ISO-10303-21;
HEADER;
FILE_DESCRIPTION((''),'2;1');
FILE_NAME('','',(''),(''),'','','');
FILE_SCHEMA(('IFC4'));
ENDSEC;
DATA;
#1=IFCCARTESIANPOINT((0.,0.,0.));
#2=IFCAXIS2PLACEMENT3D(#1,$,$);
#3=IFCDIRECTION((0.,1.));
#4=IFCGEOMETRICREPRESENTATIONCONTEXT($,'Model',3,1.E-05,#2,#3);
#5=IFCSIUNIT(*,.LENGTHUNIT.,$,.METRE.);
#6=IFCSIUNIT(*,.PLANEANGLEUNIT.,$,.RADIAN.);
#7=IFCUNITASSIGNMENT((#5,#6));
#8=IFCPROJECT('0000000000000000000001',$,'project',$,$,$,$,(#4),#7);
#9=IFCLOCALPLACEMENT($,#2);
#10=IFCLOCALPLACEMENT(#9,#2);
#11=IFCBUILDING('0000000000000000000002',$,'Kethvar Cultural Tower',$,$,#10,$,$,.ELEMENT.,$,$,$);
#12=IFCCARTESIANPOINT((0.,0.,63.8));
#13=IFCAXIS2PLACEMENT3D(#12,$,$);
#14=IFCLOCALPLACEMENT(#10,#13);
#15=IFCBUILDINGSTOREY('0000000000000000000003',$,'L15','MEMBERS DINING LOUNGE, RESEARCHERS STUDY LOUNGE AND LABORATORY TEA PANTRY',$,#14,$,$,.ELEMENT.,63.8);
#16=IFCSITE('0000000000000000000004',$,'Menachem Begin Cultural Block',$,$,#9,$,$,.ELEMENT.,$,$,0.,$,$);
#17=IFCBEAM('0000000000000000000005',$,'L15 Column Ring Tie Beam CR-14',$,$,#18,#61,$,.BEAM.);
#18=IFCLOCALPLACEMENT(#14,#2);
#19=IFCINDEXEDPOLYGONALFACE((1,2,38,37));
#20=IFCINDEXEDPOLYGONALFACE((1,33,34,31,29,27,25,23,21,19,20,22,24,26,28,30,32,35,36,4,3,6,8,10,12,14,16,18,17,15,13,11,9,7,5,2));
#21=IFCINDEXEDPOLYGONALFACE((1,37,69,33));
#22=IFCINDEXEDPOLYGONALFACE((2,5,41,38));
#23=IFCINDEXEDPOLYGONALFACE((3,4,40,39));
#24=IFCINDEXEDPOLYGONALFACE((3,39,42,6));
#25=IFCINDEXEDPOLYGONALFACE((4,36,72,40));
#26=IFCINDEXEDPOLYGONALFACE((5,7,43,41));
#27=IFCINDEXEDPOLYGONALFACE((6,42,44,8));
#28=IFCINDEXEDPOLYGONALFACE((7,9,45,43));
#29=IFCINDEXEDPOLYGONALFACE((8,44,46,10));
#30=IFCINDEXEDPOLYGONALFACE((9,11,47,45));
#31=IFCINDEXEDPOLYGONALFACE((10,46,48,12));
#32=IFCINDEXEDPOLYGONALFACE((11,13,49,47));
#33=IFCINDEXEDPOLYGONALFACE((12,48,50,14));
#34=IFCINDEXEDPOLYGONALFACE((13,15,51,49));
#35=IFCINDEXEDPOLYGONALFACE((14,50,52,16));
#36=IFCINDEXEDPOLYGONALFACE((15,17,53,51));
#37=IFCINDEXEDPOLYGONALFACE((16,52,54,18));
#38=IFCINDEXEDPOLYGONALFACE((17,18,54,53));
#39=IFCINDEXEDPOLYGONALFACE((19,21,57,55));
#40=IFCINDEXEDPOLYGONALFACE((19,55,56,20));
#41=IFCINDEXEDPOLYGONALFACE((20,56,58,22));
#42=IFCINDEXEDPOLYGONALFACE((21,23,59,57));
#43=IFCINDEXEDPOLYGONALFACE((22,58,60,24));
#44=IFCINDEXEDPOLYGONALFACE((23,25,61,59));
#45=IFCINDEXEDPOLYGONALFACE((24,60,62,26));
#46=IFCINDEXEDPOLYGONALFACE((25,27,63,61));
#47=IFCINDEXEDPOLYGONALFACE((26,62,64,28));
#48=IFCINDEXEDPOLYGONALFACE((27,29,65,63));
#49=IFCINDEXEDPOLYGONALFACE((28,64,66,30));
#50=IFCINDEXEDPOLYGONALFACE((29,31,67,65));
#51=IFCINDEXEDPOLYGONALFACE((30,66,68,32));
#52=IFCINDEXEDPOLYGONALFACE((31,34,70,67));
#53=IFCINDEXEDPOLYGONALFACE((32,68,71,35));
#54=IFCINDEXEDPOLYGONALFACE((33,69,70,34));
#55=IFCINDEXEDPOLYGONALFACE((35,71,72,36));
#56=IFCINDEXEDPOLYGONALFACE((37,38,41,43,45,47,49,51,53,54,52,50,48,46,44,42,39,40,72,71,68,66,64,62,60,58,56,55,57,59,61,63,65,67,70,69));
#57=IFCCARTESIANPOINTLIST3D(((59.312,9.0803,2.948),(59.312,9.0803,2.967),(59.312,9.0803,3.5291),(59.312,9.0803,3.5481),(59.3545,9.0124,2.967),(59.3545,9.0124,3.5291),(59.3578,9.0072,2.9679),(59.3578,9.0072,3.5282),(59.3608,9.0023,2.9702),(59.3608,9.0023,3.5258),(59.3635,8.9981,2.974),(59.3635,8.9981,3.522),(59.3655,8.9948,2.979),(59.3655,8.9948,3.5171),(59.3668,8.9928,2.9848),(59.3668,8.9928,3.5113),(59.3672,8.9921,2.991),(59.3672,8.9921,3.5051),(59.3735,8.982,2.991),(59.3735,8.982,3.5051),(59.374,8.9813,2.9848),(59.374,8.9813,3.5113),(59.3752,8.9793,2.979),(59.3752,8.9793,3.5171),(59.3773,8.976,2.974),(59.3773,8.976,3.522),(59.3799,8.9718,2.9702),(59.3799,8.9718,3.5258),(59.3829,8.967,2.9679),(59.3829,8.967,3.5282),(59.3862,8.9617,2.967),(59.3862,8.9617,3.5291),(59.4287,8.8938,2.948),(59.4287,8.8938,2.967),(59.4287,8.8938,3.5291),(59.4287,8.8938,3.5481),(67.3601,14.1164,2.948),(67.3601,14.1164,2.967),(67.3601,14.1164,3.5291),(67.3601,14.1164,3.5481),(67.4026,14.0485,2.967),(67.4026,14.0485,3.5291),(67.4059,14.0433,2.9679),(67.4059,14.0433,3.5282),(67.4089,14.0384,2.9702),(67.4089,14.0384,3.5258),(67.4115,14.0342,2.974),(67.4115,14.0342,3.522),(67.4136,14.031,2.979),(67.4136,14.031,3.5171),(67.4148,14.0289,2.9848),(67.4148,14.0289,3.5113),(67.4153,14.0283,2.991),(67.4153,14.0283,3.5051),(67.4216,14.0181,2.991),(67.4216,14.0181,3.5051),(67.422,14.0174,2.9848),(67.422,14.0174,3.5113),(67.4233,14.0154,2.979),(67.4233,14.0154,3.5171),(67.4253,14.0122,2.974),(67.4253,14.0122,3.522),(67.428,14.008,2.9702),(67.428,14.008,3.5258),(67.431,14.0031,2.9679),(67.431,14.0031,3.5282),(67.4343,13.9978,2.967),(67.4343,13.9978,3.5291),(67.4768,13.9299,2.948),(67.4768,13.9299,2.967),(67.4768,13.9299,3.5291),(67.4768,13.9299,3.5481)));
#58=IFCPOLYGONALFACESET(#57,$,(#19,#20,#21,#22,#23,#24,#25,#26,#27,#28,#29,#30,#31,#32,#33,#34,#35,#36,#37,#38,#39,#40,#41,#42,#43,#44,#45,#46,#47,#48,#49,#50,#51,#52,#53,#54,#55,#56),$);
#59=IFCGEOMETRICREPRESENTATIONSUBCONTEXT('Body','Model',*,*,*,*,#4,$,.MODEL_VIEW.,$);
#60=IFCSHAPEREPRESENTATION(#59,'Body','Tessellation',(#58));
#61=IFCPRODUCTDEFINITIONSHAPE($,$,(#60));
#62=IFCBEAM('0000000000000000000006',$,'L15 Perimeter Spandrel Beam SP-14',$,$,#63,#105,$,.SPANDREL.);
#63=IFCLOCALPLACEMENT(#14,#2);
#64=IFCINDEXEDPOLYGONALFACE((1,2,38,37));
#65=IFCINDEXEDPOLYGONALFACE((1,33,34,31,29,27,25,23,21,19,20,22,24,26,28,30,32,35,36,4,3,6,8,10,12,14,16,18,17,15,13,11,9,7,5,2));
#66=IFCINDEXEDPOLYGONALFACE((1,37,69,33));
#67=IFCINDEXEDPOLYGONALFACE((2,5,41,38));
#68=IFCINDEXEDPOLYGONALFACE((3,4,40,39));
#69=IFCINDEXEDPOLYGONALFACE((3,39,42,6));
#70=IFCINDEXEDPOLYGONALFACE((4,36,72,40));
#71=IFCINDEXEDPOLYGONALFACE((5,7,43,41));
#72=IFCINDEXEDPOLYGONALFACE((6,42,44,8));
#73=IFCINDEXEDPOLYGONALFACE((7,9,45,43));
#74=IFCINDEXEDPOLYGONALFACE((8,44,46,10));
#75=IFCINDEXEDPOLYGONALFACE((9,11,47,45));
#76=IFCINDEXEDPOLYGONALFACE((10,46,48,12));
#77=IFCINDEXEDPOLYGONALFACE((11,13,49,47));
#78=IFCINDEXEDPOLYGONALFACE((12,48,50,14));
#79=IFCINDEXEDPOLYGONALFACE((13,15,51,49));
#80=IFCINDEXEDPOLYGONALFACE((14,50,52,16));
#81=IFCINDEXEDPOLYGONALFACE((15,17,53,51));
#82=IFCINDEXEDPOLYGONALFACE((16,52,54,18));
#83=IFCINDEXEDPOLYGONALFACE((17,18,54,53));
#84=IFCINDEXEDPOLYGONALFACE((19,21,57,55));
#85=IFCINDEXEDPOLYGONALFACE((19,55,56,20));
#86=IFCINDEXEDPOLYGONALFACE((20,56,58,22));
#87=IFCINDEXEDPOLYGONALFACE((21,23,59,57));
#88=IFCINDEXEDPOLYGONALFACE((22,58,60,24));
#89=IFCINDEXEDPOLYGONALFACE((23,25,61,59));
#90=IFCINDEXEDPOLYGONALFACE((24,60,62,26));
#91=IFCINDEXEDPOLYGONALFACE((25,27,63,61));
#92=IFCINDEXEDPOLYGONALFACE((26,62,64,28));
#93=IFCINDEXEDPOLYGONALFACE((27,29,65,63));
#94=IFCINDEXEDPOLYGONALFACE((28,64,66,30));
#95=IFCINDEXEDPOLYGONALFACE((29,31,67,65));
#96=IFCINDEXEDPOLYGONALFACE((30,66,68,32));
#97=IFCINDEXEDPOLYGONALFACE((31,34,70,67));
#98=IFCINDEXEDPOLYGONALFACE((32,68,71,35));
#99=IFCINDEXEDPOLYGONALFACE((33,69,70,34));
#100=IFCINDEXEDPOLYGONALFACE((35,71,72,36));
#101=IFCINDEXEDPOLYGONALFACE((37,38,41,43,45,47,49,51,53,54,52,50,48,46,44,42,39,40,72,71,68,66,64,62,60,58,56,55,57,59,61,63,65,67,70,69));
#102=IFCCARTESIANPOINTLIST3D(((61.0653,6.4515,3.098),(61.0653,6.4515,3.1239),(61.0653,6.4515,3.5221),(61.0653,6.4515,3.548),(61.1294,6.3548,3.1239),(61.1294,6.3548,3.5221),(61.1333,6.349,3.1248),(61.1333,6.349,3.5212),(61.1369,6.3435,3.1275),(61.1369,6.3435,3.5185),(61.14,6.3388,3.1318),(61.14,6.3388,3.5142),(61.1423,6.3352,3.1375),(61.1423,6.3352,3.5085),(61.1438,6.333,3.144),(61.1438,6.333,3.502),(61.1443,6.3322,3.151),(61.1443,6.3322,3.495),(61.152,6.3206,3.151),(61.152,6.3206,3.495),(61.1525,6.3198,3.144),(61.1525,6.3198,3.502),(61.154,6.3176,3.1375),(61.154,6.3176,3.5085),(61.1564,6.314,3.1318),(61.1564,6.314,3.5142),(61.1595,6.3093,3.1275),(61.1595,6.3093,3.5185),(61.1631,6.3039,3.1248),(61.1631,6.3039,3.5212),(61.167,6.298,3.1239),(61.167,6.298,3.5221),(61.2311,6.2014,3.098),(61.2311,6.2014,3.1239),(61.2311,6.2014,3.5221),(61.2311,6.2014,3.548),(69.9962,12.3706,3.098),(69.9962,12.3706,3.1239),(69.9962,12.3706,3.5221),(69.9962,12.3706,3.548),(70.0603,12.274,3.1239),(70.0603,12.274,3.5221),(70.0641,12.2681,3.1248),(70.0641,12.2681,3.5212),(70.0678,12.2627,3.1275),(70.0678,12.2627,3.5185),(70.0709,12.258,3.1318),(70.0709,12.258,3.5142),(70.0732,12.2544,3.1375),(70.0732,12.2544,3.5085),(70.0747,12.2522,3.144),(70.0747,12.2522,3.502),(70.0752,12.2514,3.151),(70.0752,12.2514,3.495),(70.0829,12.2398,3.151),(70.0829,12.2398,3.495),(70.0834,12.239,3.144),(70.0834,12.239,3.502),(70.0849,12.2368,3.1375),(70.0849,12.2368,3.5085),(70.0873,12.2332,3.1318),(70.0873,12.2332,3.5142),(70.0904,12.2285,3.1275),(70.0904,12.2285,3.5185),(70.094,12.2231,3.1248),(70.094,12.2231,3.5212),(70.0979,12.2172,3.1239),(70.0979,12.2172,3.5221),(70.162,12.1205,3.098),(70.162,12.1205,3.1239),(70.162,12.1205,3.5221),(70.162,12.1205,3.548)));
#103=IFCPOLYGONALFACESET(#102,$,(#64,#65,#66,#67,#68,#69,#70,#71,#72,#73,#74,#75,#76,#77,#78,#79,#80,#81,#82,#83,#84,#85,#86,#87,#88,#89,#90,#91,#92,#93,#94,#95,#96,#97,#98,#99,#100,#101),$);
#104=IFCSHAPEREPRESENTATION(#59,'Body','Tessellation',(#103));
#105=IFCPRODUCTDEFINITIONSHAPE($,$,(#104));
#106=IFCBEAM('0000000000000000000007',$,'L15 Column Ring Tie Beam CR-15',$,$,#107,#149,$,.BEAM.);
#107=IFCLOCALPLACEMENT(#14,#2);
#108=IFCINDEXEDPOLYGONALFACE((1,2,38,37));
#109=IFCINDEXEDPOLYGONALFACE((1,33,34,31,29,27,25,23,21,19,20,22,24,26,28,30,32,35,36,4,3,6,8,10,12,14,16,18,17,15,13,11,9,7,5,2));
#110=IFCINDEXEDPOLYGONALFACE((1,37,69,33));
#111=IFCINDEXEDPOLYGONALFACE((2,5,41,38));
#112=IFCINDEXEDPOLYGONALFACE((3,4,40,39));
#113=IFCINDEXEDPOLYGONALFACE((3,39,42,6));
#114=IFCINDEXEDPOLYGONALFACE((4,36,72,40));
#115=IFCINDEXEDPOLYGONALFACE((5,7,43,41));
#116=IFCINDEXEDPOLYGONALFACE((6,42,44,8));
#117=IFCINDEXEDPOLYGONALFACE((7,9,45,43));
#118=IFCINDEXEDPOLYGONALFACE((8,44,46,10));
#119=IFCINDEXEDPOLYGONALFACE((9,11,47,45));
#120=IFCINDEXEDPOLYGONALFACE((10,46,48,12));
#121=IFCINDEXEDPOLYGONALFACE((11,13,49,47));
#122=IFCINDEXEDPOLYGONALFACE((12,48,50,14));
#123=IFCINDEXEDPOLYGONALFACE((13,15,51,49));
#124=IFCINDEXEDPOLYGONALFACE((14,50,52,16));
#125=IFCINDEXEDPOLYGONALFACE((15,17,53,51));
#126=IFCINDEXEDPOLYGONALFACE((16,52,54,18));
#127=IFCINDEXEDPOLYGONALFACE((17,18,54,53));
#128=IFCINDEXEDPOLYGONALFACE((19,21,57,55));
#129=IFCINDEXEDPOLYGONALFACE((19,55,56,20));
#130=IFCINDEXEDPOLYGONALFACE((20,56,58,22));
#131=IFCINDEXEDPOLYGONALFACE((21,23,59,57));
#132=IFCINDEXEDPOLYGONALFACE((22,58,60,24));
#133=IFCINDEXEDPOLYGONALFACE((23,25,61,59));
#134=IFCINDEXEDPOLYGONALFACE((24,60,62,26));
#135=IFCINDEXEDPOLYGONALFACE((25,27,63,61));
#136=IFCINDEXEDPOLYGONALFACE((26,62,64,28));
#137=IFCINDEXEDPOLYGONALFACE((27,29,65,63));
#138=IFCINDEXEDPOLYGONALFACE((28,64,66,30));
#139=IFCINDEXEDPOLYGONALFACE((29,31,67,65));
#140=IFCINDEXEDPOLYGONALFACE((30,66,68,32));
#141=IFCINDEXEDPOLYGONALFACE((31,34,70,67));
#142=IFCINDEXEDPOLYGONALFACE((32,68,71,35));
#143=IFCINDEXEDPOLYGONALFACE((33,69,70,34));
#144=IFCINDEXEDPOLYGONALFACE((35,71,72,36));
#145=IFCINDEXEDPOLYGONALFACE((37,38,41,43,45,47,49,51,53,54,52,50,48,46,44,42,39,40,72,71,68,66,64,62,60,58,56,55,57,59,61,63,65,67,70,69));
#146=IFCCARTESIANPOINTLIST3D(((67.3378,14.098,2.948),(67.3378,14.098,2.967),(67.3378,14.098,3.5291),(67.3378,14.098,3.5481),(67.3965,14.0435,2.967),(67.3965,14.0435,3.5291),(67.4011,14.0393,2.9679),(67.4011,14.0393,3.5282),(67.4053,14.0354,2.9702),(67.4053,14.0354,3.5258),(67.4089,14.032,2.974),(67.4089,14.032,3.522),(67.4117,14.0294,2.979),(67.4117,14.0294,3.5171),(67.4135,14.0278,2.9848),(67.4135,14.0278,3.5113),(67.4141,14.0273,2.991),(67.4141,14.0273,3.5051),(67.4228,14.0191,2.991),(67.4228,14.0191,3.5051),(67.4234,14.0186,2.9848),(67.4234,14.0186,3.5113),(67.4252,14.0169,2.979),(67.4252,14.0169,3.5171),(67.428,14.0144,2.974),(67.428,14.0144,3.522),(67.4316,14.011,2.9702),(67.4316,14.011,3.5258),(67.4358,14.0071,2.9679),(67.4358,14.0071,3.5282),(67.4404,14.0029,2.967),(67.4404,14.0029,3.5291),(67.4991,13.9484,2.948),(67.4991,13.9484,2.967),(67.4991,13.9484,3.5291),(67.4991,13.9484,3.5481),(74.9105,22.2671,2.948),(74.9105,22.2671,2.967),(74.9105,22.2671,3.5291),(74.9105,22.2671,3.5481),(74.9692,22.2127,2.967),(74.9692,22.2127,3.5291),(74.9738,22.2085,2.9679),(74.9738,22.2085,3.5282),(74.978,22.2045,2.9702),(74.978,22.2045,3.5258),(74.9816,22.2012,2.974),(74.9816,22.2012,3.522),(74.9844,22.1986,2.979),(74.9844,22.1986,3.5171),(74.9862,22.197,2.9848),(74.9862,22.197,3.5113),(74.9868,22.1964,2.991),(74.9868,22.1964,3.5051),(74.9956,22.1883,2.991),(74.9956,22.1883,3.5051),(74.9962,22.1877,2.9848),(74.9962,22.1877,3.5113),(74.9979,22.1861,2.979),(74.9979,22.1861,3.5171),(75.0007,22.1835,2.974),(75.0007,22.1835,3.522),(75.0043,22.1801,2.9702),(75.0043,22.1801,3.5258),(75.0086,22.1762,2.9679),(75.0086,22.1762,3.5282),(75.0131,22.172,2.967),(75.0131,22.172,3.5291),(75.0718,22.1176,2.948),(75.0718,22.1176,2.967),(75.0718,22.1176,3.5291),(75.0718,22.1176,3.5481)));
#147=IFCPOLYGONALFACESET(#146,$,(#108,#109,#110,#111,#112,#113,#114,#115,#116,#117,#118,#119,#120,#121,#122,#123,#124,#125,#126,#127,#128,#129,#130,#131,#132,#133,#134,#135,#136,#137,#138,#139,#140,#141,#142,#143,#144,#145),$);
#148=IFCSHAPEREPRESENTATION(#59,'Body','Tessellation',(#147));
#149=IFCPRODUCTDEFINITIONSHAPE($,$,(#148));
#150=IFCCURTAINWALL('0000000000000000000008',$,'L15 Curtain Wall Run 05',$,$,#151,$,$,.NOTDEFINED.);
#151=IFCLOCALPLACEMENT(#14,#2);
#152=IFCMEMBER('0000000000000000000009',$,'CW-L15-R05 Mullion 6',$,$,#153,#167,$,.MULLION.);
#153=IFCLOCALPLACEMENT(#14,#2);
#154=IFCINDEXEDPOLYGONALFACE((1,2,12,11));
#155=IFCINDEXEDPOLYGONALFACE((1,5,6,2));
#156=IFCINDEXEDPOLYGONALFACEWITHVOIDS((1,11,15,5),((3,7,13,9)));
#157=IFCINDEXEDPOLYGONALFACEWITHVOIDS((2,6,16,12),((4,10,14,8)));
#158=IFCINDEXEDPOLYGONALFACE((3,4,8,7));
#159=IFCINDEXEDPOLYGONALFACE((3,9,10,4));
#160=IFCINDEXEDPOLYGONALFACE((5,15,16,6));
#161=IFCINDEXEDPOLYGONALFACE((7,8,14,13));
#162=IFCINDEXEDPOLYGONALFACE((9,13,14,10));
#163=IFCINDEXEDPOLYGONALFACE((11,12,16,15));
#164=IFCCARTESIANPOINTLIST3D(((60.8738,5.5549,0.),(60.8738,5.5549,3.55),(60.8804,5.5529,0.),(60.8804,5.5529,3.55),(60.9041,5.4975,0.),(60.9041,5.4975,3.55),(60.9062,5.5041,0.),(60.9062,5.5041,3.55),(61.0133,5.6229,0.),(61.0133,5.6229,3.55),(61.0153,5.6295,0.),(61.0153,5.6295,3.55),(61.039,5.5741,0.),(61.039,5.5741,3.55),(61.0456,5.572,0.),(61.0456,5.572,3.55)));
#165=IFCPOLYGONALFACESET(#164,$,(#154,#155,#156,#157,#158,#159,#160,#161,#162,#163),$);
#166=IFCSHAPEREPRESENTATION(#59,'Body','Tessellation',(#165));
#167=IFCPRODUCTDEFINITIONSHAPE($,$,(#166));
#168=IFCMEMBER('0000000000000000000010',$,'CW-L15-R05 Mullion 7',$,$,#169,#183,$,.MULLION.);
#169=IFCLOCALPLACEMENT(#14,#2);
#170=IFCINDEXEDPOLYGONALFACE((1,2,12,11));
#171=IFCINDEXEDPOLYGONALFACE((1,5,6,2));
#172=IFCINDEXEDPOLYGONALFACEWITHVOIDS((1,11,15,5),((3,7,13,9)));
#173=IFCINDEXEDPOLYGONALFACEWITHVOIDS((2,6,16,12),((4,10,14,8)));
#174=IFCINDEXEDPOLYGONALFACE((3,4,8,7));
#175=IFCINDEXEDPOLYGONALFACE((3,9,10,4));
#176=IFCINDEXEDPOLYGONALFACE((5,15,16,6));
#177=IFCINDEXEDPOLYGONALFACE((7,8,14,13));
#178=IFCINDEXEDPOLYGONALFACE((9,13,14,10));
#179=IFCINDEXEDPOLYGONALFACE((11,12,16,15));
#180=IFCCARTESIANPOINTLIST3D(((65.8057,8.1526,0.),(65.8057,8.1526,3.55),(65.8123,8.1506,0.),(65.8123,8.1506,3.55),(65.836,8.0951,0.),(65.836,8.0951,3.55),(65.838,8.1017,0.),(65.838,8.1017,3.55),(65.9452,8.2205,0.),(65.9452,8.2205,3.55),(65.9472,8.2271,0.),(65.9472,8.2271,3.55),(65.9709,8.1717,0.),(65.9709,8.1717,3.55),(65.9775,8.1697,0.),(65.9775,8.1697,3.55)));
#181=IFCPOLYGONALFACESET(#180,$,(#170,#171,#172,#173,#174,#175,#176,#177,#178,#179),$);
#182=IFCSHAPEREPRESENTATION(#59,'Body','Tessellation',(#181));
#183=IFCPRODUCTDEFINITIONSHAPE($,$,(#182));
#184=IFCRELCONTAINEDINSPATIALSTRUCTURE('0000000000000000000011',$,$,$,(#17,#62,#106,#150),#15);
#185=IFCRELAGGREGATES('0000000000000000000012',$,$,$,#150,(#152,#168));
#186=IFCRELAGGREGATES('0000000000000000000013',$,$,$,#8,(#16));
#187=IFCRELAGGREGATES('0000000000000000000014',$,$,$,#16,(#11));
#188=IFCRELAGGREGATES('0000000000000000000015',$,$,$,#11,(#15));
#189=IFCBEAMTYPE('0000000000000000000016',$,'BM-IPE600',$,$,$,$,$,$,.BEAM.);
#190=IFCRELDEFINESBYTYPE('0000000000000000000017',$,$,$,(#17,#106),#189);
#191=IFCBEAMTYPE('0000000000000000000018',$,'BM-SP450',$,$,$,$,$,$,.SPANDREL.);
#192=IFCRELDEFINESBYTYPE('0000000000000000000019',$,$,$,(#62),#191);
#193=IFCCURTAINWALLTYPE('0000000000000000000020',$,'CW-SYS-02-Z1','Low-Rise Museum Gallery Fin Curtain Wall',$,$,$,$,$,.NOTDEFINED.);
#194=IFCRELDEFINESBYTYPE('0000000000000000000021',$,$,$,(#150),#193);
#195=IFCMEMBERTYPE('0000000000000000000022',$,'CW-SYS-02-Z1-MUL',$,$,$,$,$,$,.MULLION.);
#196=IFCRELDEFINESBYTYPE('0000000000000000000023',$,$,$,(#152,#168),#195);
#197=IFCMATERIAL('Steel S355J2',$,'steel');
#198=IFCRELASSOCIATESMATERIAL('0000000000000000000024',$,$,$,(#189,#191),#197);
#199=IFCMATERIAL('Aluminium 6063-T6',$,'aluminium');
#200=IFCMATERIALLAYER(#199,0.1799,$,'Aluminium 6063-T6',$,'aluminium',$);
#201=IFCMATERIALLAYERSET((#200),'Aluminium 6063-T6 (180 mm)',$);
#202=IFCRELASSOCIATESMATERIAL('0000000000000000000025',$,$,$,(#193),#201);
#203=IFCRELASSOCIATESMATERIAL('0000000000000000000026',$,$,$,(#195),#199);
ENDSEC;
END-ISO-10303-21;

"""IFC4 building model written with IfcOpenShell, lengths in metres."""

from ifc_helpers import new_model, si_unit, direction, frame, origin, origin_2d, place, context, subcontext, project, spatial, hollow_rectangle, i_section, extrude, source, transform, mapped, material, layer, layer_set, material_profile, profile_set, type_object, element, aggregate, save


model = new_model("IFC4")

# Units and contexts
model_context = context("Model", 3, precision=1e-05, world=origin(), true_north=direction((0.0, 1.0)))
body_context = subcontext(model_context, "Body", "Model", "MODEL_VIEW")
ifc_project = project(units=[si_unit("LENGTHUNIT", "METRE"), si_unit("PLANEANGLEUNIT", "RADIAN")], contexts=[model_context])

# Site, building, storey
site_placement = place(None, origin())
site = spatial("IfcSite", under=ifc_project, at=site_placement, Name="Menachem Begin Cultural Block", CompositionType="ELEMENT", RefElevation=0.0)
building_placement = place(site_placement, origin())
building = spatial("IfcBuilding", under=site, at=building_placement, Name="Kethvar Cultural Tower", CompositionType="ELEMENT")
storey_placement = place(building_placement, frame((0.0, 0.0, 63.8)))
storey = spatial("IfcBuildingStorey", under=building, at=storey_placement, Name="L15", Description="MEMBERS DINING LOUNGE, RESEARCHERS STUDY LOUNGE AND LABORATORY TEA PANTRY", CompositionType="ELEMENT", Elevation=63.8)

# Beams
ifc_material_1 = material(Name="Steel S355J2", Category="steel")
ifc_material_profile_1 = material_profile(ifc_material_1, i_section(OverallWidth=0.22, OverallDepth=0.6001, WebThickness=0.012, FlangeThickness=0.019, FilletRadius=0.0239, at=origin_2d()), Name="Steel S355J2 — IPE600")
ifc_profile_set_1 = profile_set([ifc_material_profile_1], Name="Steel S355J2 — IPE600")
beam_type_1 = type_object("IfcBeamType", Name="BM-IPE600", PredefinedType="BEAM", material=ifc_profile_set_1)
shared_shape_1 = source(origin(), body_context, "Body", "SweptSolid", [
    extrude(i_section(OverallWidth=0.22, OverallDepth=0.6001, WebThickness=0.012, FlangeThickness=0.019, FilletRadius=0.0239, at=origin_2d()), origin(), (0.0, 0.0, 1.0), 9.4939),
])
beam_1_placement = place(storey_placement, frame((59.3704, 8.9871, 3.248), z_axis=(0.847711, 0.530459, 0.0), x_axis=(-0.530459, 0.847711, 0.0)))
element("IfcBeam", 1, at=beam_1_placement, inside=storey, type_object=beam_type_1, Name="L15 Column Ring Tie Beam CR-14", PredefinedType="BEAM", context=body_context, shape_type="MappedRepresentation", body=[
    mapped(shared_shape_1, transform((0.0, 0.0, 0.0), scale=1.0)),
])
ifc_material_profile_2 = material_profile(ifc_material_1, i_section(OverallWidth=0.3, OverallDepth=0.45, WebThickness=0.0139, FlangeThickness=0.0259, FilletRadius=0.0271, at=origin_2d()), Name="Steel S355J2 — HEB450")
ifc_profile_set_2 = profile_set([ifc_material_profile_2], Name="Steel S355J2 — HEB450")
beam_type_2 = type_object("IfcBeamType", Name="BM-SP450", PredefinedType="SPANDREL", material=ifc_profile_set_2)
shared_shape_2 = source(origin(), body_context, "Body", "SweptSolid", [
    extrude(i_section(OverallWidth=0.3, OverallDepth=0.45, WebThickness=0.0139, FlangeThickness=0.0259, FilletRadius=0.0271, at=origin_2d()), origin(), (0.0, 0.0, 1.0), 10.7144),
])
beam_2_placement = place(storey_placement, frame((61.1482, 6.3264, 3.323), z_axis=(0.833544, 0.552453, 0.0), x_axis=(-0.552453, 0.833544, 0.0)))
element("IfcBeam", 2, at=beam_2_placement, inside=storey, type_object=beam_type_2, Name="L15 Perimeter Spandrel Beam SP-14", PredefinedType="SPANDREL", context=body_context, shape_type="MappedRepresentation", body=[
    mapped(shared_shape_2, transform((0.0, 0.0, 0.0), scale=1.0)),
])
shared_shape_3 = source(origin(), body_context, "Body", "SweptSolid", [
    extrude(i_section(OverallWidth=0.22, OverallDepth=0.6001, WebThickness=0.012, FlangeThickness=0.019, FilletRadius=0.0239, at=origin_2d()), origin(), (0.0, 0.0, 1.0), 11.1392),
])
beam_3_placement = place(storey_placement, frame((67.4185, 14.0232, 3.248), z_axis=(0.679828, 0.733372, 0.0), x_axis=(-0.733372, 0.679828, 0.0)))
element("IfcBeam", 3, at=beam_3_placement, inside=storey, type_object=beam_type_1, Name="L15 Column Ring Tie Beam CR-15", PredefinedType="BEAM", context=body_context, shape_type="MappedRepresentation", body=[
    mapped(shared_shape_3, transform((0.0, 0.0, 0.0), scale=1.0)),
])

# Curtain wall, members
ifc_material_2 = material(Name="Aluminium 6063-T6", Category="aluminium")
ifc_layer_1 = layer(ifc_material_2, 0.1799, Name="Aluminium 6063-T6", Category="aluminium")
ifc_layer_set_1 = layer_set([ifc_layer_1], Name="Aluminium 6063-T6 (180 mm)")
curtain_wall_type = type_object("IfcCurtainWallType", Name="CW-SYS-02-Z1", Description="Low-Rise Museum Gallery Fin Curtain Wall", PredefinedType="NOTDEFINED", material=ifc_layer_set_1)
curtain_wall_1_placement = place(storey_placement, origin())
curtain_wall_1 = element("IfcCurtainWall", 4, at=curtain_wall_1_placement, inside=storey, type_object=curtain_wall_type, Name="L15 Curtain Wall Run 05", PredefinedType="NOTDEFINED")
ifc_material_profile_3 = material_profile(ifc_material_2, hollow_rectangle(XDim=0.0649, YDim=0.1599, WallThickness=0.0049, at=origin_2d()), Name="Aluminium 6063-T6 — RHS160x65x5")
ifc_profile_set_3 = profile_set([ifc_material_profile_3], Name="Aluminium 6063-T6 — RHS160x65x5")
member_type_1 = type_object("IfcMemberType", Name="CW-SYS-02-Z1-MUL", PredefinedType="MULLION", material=ifc_profile_set_3)
shared_shape_4 = source(origin(), body_context, "Body", "SweptSolid", [
    extrude(hollow_rectangle(XDim=0.0649, YDim=0.1599, WallThickness=0.0049, at=origin_2d()), origin(), (0.0, 0.0, 1.0), 3.55),
])
member_1_placement = place(storey_placement, frame((60.9597, 5.5635, 0.0), z_axis=(0.0, 0.0, 1.0), x_axis=(-0.466016, 0.884776, 0.0)))
member_1 = element("IfcMember", 5, at=member_1_placement, type_object=member_type_1, Name="CW-L15-R05 Mullion 6", PredefinedType="MULLION", context=body_context, shape_type="MappedRepresentation", body=[
    mapped(shared_shape_4, transform((0.0, 0.0, 0.0), scale=1.0)),
])
member_2_placement = place(storey_placement, frame((65.8916, 8.1611, 0.0), z_axis=(0.0, 0.0, 1.0), x_axis=(-0.466016, 0.884776, 0.0)))
member_2 = element("IfcMember", 6, at=member_2_placement, type_object=member_type_1, Name="CW-L15-R05 Mullion 7", PredefinedType="MULLION", context=body_context, shape_type="MappedRepresentation", body=[
    mapped(shared_shape_4, transform((0.0, 0.0, 0.0), scale=1.0)),
])

aggregate(curtain_wall_1, [member_1, member_2])

save(model, "model.ifc")
